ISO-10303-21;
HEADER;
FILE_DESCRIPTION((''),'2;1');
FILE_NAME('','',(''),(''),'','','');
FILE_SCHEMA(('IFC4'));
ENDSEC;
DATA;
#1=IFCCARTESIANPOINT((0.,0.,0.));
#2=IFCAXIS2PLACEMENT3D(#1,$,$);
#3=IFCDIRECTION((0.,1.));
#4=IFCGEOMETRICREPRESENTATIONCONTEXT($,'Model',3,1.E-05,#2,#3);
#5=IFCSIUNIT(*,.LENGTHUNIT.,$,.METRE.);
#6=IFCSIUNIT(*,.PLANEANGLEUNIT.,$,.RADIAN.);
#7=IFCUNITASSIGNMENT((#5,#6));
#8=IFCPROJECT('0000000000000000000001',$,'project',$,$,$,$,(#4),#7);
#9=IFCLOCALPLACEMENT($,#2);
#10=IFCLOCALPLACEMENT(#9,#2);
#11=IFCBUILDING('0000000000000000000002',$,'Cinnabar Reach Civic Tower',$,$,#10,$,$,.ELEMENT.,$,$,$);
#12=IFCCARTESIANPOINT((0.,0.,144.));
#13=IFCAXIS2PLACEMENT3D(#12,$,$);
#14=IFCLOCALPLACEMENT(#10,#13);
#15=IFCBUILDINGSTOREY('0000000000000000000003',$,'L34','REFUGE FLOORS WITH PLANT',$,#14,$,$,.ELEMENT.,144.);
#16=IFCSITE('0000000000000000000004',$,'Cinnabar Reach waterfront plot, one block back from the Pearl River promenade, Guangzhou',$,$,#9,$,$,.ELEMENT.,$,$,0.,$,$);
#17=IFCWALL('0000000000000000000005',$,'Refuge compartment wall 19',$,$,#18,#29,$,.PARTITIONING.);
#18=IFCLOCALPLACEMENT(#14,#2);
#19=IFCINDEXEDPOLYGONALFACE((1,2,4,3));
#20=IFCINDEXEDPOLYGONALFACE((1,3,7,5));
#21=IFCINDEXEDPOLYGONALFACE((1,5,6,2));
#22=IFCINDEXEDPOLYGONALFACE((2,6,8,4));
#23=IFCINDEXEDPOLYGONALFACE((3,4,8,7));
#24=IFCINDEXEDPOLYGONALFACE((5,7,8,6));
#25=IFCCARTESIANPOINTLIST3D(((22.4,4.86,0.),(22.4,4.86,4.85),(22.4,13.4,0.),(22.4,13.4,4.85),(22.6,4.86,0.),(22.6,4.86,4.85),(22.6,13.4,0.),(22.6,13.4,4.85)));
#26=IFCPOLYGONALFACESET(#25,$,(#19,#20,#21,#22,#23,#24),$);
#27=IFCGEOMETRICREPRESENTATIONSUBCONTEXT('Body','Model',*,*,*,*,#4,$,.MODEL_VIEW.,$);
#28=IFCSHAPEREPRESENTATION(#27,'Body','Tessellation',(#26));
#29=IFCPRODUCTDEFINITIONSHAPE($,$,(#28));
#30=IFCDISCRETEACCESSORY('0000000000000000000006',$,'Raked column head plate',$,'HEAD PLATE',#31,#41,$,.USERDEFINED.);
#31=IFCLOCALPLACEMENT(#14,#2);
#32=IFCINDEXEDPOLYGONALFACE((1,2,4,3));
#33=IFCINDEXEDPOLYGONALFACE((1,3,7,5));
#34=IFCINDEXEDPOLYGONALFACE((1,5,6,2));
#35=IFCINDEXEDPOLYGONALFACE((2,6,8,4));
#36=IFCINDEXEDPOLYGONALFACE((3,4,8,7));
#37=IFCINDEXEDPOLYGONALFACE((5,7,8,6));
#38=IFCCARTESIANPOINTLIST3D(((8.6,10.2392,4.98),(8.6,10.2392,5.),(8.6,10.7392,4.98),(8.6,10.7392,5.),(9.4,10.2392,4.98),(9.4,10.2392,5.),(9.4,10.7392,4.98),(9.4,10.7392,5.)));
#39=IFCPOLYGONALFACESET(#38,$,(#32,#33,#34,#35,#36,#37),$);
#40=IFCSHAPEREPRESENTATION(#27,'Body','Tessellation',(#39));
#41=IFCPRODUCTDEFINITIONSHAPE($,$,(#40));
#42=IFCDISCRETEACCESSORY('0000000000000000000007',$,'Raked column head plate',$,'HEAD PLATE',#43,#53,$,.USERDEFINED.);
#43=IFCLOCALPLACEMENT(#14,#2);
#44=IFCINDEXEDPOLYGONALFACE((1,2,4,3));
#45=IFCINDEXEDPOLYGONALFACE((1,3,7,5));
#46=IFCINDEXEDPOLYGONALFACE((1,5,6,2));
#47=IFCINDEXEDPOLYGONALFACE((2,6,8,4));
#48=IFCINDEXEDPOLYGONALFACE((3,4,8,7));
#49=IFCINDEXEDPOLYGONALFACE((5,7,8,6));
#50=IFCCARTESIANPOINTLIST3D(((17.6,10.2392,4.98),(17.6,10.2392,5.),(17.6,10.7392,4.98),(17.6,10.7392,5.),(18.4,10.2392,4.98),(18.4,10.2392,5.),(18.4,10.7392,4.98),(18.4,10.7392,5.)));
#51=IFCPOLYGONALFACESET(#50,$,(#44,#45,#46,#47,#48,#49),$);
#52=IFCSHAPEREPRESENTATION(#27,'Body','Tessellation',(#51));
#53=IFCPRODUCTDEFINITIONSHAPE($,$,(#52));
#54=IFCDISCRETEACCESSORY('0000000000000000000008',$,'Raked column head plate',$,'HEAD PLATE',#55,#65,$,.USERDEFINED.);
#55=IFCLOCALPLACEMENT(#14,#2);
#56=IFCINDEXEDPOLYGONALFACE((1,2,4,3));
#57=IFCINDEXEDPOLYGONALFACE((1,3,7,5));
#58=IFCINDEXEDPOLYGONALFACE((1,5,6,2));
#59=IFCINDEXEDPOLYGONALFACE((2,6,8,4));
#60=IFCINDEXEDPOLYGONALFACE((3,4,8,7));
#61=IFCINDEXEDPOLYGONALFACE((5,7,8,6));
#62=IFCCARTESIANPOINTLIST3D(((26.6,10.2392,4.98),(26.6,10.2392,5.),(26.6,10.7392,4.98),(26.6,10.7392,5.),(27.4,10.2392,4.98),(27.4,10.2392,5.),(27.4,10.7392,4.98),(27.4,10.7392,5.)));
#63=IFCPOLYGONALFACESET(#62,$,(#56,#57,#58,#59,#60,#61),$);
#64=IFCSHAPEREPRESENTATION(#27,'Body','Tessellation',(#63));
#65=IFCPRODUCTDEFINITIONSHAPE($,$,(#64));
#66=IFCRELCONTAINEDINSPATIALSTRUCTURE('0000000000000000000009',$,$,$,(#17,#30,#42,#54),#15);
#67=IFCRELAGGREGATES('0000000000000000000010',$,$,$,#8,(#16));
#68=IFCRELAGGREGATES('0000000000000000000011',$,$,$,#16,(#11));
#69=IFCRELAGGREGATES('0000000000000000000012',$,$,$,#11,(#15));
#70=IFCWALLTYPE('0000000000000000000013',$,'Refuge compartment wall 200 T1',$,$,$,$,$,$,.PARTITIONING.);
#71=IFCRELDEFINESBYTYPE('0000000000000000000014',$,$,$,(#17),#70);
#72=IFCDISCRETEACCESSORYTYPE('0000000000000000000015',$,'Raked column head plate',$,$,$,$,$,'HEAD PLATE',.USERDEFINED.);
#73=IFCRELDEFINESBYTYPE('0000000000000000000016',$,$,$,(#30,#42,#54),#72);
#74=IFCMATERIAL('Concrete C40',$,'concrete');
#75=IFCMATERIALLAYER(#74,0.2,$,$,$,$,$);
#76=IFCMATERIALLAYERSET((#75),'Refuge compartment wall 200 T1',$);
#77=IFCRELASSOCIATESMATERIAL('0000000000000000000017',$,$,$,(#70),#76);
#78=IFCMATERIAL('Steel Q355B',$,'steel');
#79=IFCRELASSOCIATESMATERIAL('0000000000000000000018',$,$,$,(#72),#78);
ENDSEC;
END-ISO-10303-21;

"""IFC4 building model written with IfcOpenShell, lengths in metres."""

from ifc_helpers import new_model, si_unit, direction, frame, frame_2d, origin, origin_2d, place, context, subcontext, project, spatial, rectangle, extrude, material, layer, layer_set, type_object, element, save


model = new_model("IFC4")

# Units and contexts
model_context = context("Model", 3, precision=1e-05, world=origin(), true_north=direction((0.0, 1.0)))
body_context = subcontext(model_context, "Body", "Model", "MODEL_VIEW")
ifc_project = project(units=[si_unit("LENGTHUNIT", "METRE"), si_unit("PLANEANGLEUNIT", "RADIAN")], contexts=[model_context])

# Site, building, storey
site_placement = place(None, origin())
site = spatial("IfcSite", under=ifc_project, at=site_placement, Name="Cinnabar Reach waterfront plot, one block back from the Pearl River promenade, Guangzhou", CompositionType="ELEMENT", RefElevation=0.0)
building_placement = place(site_placement, origin())
building = spatial("IfcBuilding", under=site, at=building_placement, Name="Cinnabar Reach Civic Tower", CompositionType="ELEMENT")
storey_placement = place(building_placement, frame((0.0, 0.0, 144.0)))
storey = spatial("IfcBuildingStorey", under=building, at=storey_placement, Name="L34", Description="REFUGE FLOORS WITH PLANT", CompositionType="ELEMENT", Elevation=144.0)

# Shared definitions
ifc_material_1 = material(Name="Steel Q355B", Category="steel")

# Wall
ifc_material_2 = material(Name="Concrete C40", Category="concrete")
ifc_layer = layer(ifc_material_2, 0.2)
ifc_layer_set = layer_set([ifc_layer], Name="Refuge compartment wall 200 T1")
wall_type = type_object("IfcWallType", Name="Refuge compartment wall 200 T1", PredefinedType="PARTITIONING", material=ifc_layer_set)
for number, where, z_axis, x_axis, name in (
    (1, (22.5, 4.86, 0.0), (0.0, 0.0, 1.0), (0.0, 1.0, 0.0), "Refuge compartment wall 19"),
):
    element("IfcWall", number, at=place(storey_placement, frame(where, z_axis=z_axis, x_axis=x_axis)), inside=storey, type_object=wall_type, Name=name, PredefinedType="PARTITIONING", context=body_context, shape_type="SweptSolid", body=[
        extrude(rectangle(XDim=8.54, YDim=0.2, at=frame_2d((4.27, 0.0))), origin(), (0.0, 0.0, 1.0), 4.85),
    ])

# Discrete accessories
discrete_accessory_type = type_object("IfcDiscreteAccessoryType", Name="Raked column head plate", ElementType="HEAD PLATE", PredefinedType="USERDEFINED", material=ifc_material_1)
for number, where, z_axis, x_axis, name in (
    (2, (9.0, 10.4892, 4.98), (0.0, 0.0, 1.0), (0.0, 1.0, 0.0), "Raked column head plate"),
    (3, (18.0, 10.4892, 4.98), (0.0, 0.0, 1.0), (0.0, 1.0, 0.0), "Raked column head plate"),
    (4, (27.0, 10.4892, 4.98), (0.0, 0.0, 1.0), (0.0, 1.0, 0.0), "Raked column head plate"),
):
    element("IfcDiscreteAccessory", number, at=place(storey_placement, frame(where, z_axis=z_axis, x_axis=x_axis)), inside=storey, type_object=discrete_accessory_type, Name=name, ObjectType="HEAD PLATE", PredefinedType="USERDEFINED", context=body_context, shape_type="SweptSolid", body=[
        extrude(rectangle(XDim=0.5, YDim=0.8, at=origin_2d()), origin(), (0.0, 0.0, 1.0), 0.02),
    ])

save(model, "model.ifc")
